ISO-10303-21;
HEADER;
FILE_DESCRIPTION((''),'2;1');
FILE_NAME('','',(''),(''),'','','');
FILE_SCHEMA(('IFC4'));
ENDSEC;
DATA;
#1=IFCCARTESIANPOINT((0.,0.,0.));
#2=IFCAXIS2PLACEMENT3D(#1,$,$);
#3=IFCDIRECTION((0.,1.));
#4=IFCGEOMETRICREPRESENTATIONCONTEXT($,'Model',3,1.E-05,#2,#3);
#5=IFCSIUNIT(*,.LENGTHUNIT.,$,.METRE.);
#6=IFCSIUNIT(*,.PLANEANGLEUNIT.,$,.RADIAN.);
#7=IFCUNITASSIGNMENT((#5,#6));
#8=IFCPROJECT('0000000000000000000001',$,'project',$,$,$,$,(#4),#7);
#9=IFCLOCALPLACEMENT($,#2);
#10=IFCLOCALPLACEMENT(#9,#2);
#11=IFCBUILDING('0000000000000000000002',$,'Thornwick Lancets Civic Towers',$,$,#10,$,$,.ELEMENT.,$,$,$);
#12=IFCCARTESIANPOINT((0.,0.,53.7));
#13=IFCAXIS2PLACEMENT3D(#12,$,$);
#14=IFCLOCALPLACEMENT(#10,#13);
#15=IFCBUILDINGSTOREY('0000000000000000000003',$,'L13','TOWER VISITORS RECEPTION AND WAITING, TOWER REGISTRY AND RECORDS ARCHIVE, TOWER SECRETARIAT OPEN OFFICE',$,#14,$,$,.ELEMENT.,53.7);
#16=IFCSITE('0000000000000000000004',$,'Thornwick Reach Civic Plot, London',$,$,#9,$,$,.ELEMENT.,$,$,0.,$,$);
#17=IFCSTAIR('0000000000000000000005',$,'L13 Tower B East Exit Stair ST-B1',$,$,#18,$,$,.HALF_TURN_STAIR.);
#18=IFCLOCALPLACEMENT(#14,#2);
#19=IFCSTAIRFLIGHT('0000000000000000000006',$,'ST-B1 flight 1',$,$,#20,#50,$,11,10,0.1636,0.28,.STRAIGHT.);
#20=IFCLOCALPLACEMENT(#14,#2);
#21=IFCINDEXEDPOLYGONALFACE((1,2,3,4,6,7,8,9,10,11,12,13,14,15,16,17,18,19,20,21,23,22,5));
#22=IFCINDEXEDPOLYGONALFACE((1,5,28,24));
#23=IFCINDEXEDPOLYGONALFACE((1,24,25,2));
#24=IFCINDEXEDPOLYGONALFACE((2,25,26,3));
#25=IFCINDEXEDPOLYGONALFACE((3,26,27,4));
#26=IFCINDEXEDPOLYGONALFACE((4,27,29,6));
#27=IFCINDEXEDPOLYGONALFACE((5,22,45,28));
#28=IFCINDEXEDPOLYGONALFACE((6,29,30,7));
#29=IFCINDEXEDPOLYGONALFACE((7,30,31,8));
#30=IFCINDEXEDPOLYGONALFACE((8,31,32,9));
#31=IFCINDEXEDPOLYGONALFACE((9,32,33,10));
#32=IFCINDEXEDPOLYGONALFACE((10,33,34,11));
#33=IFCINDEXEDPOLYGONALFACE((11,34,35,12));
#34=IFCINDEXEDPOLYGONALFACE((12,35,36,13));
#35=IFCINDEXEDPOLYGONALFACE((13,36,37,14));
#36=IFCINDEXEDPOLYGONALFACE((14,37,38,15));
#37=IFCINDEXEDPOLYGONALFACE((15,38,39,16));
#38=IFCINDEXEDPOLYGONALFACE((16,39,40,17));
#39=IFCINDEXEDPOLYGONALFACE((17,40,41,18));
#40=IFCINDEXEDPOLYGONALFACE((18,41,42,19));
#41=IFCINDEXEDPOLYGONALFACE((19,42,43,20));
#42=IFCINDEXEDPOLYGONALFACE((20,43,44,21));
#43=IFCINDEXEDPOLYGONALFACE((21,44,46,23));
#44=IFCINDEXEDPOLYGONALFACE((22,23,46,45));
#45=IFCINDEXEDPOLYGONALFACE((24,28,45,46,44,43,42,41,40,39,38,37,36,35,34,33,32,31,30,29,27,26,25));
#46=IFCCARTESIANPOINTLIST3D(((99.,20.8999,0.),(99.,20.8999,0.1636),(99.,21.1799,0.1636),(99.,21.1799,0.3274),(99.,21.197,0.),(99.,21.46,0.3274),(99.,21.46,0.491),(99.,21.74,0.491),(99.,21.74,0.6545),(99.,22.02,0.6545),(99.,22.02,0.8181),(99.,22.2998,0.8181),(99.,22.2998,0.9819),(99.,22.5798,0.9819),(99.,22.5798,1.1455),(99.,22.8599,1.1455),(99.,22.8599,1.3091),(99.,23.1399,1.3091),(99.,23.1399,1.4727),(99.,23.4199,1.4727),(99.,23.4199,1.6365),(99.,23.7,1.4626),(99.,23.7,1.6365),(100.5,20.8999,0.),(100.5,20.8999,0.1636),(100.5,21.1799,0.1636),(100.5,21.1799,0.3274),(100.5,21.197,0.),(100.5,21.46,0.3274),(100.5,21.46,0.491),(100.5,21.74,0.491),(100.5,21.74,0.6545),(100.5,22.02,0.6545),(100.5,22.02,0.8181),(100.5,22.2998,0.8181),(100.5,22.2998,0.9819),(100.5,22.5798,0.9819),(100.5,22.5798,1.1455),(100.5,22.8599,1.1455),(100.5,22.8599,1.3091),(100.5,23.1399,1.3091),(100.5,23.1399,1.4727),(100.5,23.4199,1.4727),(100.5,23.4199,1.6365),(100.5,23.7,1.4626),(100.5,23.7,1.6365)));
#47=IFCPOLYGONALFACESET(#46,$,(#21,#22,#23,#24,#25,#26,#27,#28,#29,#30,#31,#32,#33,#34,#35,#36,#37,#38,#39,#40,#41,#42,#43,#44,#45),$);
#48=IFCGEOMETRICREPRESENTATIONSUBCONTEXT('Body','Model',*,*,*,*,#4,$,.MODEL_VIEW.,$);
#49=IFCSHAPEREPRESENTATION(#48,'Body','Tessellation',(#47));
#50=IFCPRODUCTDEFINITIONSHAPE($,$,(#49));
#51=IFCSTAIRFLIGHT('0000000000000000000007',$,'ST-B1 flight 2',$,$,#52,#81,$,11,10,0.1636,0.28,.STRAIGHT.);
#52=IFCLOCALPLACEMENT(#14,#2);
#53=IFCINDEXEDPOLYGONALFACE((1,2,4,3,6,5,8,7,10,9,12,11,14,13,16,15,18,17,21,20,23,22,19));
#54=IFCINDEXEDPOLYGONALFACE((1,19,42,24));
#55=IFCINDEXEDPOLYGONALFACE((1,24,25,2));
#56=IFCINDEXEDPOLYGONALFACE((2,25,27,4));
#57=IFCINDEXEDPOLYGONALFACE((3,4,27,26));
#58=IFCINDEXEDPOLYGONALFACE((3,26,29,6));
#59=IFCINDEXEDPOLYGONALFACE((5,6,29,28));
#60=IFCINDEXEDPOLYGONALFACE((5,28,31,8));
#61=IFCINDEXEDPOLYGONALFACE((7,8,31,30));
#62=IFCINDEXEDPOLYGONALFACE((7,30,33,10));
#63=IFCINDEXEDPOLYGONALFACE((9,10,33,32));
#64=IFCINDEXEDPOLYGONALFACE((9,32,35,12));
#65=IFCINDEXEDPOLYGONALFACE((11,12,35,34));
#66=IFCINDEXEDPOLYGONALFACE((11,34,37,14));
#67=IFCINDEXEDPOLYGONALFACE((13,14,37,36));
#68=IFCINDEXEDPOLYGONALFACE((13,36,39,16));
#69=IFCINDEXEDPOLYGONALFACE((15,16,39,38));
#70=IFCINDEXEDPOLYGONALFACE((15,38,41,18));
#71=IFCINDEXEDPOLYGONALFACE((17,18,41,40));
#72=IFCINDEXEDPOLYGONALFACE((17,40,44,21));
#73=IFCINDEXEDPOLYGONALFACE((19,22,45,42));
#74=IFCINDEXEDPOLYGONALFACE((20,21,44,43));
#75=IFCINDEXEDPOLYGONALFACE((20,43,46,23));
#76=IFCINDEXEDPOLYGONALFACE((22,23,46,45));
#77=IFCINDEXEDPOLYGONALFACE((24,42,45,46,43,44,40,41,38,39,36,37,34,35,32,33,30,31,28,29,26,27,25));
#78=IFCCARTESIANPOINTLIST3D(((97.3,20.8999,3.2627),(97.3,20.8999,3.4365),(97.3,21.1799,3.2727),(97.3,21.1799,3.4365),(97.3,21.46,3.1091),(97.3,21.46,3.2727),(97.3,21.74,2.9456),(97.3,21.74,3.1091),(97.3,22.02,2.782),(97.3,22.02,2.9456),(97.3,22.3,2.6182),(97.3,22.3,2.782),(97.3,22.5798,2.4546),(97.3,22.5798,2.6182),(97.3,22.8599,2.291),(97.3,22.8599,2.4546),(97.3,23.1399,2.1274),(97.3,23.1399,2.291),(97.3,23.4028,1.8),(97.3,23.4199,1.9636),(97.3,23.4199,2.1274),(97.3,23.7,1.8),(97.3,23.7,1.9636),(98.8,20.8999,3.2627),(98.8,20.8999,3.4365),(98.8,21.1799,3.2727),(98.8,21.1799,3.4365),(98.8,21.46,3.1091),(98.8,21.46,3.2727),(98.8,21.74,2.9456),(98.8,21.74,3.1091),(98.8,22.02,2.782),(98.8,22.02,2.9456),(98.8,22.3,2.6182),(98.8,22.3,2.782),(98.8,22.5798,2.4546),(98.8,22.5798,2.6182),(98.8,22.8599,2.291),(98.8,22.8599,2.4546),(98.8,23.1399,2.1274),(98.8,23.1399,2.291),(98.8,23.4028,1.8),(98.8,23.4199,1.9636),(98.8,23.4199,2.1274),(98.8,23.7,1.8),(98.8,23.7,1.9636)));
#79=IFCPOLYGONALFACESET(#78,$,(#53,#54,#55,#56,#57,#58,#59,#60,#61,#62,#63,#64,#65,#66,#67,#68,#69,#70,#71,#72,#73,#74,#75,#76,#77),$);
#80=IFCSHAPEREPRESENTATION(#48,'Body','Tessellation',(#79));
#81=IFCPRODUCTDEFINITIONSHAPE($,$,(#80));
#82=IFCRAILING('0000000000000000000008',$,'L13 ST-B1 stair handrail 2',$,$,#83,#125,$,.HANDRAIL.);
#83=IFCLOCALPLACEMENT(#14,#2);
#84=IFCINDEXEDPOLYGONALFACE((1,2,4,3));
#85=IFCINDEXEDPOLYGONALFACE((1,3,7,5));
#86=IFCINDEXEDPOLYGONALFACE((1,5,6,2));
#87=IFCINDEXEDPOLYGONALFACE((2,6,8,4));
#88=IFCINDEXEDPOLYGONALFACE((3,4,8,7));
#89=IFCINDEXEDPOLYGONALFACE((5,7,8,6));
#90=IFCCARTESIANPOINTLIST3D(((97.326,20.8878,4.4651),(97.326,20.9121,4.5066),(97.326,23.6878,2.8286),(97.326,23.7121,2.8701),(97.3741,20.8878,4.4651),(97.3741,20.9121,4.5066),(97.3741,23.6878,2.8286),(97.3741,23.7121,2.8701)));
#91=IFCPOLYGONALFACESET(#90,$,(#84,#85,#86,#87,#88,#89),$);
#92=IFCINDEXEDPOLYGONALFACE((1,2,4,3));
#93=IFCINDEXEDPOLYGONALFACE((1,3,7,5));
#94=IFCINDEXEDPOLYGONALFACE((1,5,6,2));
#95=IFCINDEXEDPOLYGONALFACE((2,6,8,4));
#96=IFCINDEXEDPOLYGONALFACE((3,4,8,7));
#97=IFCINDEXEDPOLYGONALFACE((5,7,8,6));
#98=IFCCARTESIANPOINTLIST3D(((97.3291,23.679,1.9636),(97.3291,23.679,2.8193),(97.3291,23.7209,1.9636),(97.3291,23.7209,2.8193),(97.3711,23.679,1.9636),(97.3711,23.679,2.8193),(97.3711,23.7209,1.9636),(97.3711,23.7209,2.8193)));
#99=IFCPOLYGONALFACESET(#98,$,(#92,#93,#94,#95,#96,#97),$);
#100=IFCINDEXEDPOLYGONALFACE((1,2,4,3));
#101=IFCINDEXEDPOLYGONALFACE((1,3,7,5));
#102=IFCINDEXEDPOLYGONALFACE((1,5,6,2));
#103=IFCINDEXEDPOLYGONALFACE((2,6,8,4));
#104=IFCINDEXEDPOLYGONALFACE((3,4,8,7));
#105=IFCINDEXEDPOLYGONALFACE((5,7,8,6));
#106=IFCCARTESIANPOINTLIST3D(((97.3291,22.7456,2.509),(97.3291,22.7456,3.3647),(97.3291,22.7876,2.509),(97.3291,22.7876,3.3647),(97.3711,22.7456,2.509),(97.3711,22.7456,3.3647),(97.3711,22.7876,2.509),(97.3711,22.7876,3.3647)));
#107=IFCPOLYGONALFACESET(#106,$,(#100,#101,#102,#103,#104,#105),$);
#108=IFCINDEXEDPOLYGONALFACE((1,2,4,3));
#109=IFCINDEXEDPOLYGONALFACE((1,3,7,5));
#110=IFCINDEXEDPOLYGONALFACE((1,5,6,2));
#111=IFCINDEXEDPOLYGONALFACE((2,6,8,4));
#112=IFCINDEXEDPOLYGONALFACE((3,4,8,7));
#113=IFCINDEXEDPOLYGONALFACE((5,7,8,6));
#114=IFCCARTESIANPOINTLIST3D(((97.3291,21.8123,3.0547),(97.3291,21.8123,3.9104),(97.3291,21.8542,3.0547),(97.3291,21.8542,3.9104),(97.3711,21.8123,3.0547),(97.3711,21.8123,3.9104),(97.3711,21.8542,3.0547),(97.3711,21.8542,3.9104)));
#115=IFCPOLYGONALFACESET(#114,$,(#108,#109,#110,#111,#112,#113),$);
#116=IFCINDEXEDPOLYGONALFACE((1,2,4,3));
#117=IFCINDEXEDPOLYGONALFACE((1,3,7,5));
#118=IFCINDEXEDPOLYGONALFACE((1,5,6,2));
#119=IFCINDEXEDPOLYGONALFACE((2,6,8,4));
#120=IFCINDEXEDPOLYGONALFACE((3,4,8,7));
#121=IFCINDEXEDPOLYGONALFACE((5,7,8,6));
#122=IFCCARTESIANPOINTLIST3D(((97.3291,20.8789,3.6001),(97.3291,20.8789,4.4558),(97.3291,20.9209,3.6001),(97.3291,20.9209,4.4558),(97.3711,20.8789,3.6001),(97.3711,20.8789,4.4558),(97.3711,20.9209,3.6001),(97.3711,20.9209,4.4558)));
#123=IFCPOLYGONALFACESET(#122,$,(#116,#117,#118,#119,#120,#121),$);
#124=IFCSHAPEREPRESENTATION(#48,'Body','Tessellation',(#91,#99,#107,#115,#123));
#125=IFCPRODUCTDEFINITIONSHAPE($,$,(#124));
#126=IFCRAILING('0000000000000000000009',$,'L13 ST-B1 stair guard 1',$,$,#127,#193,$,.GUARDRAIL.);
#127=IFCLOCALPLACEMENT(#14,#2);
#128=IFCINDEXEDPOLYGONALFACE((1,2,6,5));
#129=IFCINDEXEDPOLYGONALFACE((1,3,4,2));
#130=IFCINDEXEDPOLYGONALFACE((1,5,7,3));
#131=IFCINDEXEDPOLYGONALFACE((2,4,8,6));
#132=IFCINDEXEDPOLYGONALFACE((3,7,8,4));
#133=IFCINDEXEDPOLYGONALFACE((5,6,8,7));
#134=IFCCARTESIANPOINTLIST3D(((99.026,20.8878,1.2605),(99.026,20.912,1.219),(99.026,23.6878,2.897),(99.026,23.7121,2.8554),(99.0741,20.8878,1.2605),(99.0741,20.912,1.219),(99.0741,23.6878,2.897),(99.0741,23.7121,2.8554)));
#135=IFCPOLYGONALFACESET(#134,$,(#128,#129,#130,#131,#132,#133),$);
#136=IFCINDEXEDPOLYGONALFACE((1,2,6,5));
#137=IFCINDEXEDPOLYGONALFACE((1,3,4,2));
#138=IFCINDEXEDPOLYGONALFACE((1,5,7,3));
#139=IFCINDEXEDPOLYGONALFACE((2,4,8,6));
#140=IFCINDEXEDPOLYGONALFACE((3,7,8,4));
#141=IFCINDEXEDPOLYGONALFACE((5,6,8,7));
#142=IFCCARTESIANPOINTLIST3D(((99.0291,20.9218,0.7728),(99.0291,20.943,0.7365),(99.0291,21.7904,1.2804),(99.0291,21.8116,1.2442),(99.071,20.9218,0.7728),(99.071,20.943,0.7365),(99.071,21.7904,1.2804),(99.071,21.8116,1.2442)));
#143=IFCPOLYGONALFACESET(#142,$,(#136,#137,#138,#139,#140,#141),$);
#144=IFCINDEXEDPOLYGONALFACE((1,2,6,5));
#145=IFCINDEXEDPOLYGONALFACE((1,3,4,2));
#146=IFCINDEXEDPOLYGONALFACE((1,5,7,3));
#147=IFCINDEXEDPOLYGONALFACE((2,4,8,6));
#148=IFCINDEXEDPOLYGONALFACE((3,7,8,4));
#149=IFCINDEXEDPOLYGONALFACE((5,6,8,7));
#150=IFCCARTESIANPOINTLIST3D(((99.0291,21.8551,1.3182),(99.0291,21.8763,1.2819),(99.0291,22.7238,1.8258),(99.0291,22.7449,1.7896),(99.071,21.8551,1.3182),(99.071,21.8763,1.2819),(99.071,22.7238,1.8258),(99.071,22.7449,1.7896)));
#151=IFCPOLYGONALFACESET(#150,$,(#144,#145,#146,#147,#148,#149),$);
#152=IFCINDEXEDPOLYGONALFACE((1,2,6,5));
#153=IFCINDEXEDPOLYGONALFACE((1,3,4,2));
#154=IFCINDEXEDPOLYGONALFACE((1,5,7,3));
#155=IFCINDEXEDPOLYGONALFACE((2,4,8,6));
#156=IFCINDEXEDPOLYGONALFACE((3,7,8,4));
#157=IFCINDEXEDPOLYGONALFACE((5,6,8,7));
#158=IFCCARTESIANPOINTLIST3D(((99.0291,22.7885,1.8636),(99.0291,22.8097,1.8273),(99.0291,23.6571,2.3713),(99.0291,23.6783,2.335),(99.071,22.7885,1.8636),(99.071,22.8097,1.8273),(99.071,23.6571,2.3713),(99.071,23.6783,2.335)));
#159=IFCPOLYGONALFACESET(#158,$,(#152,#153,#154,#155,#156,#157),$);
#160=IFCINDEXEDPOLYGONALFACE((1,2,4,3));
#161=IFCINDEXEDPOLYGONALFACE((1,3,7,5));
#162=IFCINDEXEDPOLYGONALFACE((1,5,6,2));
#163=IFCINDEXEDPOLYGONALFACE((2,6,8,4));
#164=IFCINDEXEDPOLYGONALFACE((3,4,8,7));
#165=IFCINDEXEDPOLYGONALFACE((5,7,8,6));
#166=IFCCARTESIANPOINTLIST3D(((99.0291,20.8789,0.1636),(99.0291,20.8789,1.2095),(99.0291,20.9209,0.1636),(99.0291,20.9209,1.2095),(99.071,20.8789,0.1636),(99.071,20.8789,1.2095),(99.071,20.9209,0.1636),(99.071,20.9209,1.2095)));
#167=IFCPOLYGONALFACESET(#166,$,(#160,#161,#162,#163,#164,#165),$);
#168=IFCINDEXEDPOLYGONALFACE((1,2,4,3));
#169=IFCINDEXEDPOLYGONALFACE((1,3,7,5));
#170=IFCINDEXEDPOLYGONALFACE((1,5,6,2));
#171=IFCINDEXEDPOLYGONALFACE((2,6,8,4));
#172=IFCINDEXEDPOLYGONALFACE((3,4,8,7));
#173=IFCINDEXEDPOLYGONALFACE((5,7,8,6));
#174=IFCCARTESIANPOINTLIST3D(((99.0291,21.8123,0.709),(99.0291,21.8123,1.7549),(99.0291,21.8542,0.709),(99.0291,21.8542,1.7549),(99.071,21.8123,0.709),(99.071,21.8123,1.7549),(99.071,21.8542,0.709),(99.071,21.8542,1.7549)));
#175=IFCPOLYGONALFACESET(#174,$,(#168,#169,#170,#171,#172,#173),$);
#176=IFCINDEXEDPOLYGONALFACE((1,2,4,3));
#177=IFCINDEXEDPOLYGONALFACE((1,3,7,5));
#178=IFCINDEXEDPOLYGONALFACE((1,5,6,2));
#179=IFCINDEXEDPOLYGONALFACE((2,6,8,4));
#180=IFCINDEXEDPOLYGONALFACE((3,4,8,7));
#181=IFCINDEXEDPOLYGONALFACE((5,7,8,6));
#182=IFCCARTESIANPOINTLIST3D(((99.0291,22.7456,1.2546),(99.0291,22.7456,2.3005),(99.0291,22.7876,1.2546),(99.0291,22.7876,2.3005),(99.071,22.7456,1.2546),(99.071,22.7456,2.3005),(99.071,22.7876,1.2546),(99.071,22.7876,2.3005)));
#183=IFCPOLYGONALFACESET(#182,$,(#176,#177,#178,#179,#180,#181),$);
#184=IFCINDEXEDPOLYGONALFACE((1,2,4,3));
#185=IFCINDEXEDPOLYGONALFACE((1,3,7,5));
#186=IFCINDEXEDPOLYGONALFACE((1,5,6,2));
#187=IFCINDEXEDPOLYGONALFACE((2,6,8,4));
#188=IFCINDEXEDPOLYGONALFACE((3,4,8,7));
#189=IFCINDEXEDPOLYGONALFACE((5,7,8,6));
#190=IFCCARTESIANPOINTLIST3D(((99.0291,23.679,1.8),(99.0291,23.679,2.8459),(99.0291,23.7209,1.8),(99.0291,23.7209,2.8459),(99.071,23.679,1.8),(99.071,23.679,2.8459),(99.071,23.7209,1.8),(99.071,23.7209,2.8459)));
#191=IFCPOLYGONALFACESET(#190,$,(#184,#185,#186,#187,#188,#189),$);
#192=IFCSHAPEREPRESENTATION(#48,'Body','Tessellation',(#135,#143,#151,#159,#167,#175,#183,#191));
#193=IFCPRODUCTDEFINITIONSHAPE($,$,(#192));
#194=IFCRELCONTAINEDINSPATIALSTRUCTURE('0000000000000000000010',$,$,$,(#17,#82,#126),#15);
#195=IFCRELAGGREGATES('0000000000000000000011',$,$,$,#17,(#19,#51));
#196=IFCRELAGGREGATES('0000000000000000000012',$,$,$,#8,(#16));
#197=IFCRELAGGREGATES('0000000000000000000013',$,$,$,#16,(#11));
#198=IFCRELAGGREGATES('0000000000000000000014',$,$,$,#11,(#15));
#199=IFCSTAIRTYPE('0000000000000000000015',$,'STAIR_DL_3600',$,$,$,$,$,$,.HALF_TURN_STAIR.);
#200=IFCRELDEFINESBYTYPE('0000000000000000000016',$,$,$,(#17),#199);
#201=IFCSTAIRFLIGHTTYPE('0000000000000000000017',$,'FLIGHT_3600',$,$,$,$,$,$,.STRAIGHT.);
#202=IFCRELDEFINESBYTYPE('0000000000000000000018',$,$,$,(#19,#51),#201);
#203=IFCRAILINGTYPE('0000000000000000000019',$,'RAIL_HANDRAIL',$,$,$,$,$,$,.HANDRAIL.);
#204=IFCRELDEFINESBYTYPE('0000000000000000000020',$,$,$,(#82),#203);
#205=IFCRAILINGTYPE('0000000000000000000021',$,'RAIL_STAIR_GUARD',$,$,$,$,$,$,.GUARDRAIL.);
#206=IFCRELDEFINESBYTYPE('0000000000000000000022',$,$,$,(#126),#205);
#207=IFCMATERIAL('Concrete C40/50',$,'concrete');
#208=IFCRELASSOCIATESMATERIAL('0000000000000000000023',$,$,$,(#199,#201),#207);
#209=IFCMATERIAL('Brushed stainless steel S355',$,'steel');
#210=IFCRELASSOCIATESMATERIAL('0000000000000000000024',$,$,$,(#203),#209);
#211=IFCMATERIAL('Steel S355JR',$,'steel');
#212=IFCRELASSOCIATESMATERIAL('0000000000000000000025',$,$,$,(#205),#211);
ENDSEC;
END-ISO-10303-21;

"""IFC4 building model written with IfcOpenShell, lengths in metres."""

from ifc_helpers import new_model, si_unit, direction, frame, origin, origin_2d, place, context, subcontext, project, spatial, polyline, rectangle, outline, extrude, material, type_object, element, aggregate, save


model = new_model("IFC4")

# Units and contexts
model_context = context("Model", 3, precision=1e-05, world=origin(), true_north=direction((0.0, 1.0)))
body_context = subcontext(model_context, "Body", "Model", "MODEL_VIEW")
ifc_project = project(units=[si_unit("LENGTHUNIT", "METRE"), si_unit("PLANEANGLEUNIT", "RADIAN")], contexts=[model_context])

# Site, building, storey
site_placement = place(None, origin())
site = spatial("IfcSite", under=ifc_project, at=site_placement, Name="Thornwick Reach Civic Plot, London", CompositionType="ELEMENT", RefElevation=0.0)
building_placement = place(site_placement, origin())
building = spatial("IfcBuilding", under=site, at=building_placement, Name="Thornwick Lancets Civic Towers", CompositionType="ELEMENT")
storey_placement = place(building_placement, frame((0.0, 0.0, 53.7)))
storey = spatial("IfcBuildingStorey", under=building, at=storey_placement, Name="L13", Description="TOWER VISITORS RECEPTION AND WAITING, TOWER REGISTRY AND RECORDS ARCHIVE, TOWER SECRETARIAT OPEN OFFICE", CompositionType="ELEMENT", Elevation=53.7)

# Shared definitions
ifc_material_1 = material(Name="Concrete C40/50", Category="concrete")

# Stair, stair flights
stair_type = type_object("IfcStairType", Name="STAIR_DL_3600", PredefinedType="HALF_TURN_STAIR", material=ifc_material_1)
stair_placement = place(storey_placement, origin())
stair = element("IfcStair", 1, at=stair_placement, inside=storey, type_object=stair_type, Name="L13 Tower B East Exit Stair ST-B1", PredefinedType="HALF_TURN_STAIR")
stair_flight_type = type_object("IfcStairFlightType", Name="FLIGHT_3600", PredefinedType="STRAIGHT", material=ifc_material_1)
stair_flight_1_placement = place(storey_placement, frame((99.75, 20.8999, 0.0), z_axis=(0.0, 0.0, 1.0), x_axis=(0.0, 1.0, 0.0)))
stair_flight_1 = element("IfcStairFlight", 2, at=stair_flight_1_placement, type_object=stair_flight_type, Name="ST-B1 flight 1", NumberOfRisers=11, NumberOfTreads=10, PredefinedType="STRAIGHT", RiserHeight=0.1636, TreadLength=0.28, context=body_context, shape_type="SweptSolid", body=[
    extrude(outline(polyline([(0.0, 0.0), (0.0, 0.1636), (0.28, 0.1636), (0.28, 0.3274), (0.5601, 0.3274), (0.5601, 0.491), (0.8401, 0.491), (0.8401, 0.6545), (1.1201, 0.6545), (1.1201, 0.8181), (1.3999, 0.8181), (1.3999, 0.9819), (1.6799, 0.9819), (1.6799, 1.1455), (1.96, 1.1455), (1.96, 1.3091), (2.24, 1.3091), (2.24, 1.4727), (2.52, 1.4727), (2.52, 1.6365), (2.8, 1.6365), (2.8, 1.8), (2.8, 1.4626), (0.2971, 0.0), (0.0, 0.0)])), frame((0.0, 0.75, 0.0), z_axis=(0.0, -1.0, 0.0), x_axis=(1.0, 0.0, 0.0)), (0.0, 0.0, 1.0), 1.5),
])
stair_flight_2_placement = place(storey_placement, frame((98.05, 23.7, 1.8), z_axis=(0.0, 0.0, 1.0), x_axis=(0.0, -1.0, 0.0)))
stair_flight_2 = element("IfcStairFlight", 3, at=stair_flight_2_placement, type_object=stair_flight_type, Name="ST-B1 flight 2", NumberOfRisers=11, NumberOfTreads=10, PredefinedType="STRAIGHT", RiserHeight=0.1636, TreadLength=0.28, context=body_context, shape_type="SweptSolid", body=[
    extrude(outline(polyline([(0.0, 0.0), (0.0, 0.1636), (0.28, 0.1636), (0.28, 0.3274), (0.5601, 0.3274), (0.5601, 0.491), (0.8401, 0.491), (0.8401, 0.6545), (1.1201, 0.6545), (1.1201, 0.8181), (1.3999, 0.8181), (1.3999, 0.9819), (1.6799, 0.9819), (1.6799, 1.1455), (1.96, 1.1455), (1.96, 1.3091), (2.24, 1.3091), (2.24, 1.4727), (2.52, 1.4727), (2.52, 1.6365), (2.8, 1.6365), (2.8, 1.8), (2.8, 1.4626), (0.2971, 0.0), (0.0, 0.0)])), frame((0.0, 0.75, 0.0), z_axis=(0.0, -1.0, 0.0), x_axis=(1.0, 0.0, 0.0)), (0.0, 0.0, 1.0), 1.5),
])
aggregate(stair, [stair_flight_1, stair_flight_2])

# Railings
ifc_material_2 = material(Name="Brushed stainless steel S355", Category="steel")
railing_type_1 = type_object("IfcRailingType", Name="RAIL_HANDRAIL", PredefinedType="HANDRAIL", material=ifc_material_2)
railing_1_placement = place(storey_placement, frame((97.3501, 23.7, 1.9636)))
element("IfcRailing", 4, at=railing_1_placement, inside=storey, type_object=railing_type_1, Name="L13 ST-B1 stair handrail 2", PredefinedType="HANDRAIL", context=body_context, shape_type="SweptSolid", body=[
    extrude(rectangle(XDim=0.0481, YDim=0.0481, at=origin_2d()), frame((0.0, 0.0, 0.8857), z_axis=(0.0, -0.863361, 0.504587), x_axis=(1.0, 0.0, 0.0)), (0.0, 0.0, 1.0), 3.2432),
    extrude(rectangle(XDim=0.042, YDim=0.042, at=origin_2d()), origin(), (0.0, 0.0, 1.0), 0.8557),
    extrude(rectangle(XDim=0.042, YDim=0.042, at=origin_2d()), frame((0.0, -0.9333, 0.5454)), (0.0, 0.0, 1.0), 0.8557),
    extrude(rectangle(XDim=0.042, YDim=0.042, at=origin_2d()), frame((0.0, -1.8667, 1.0911)), (0.0, 0.0, 1.0), 0.8557),
    extrude(rectangle(XDim=0.042, YDim=0.042, at=origin_2d()), frame((0.0, -2.8, 1.6365)), (0.0, 0.0, 1.0), 0.8557),
])
ifc_material_3 = material(Name="Steel S355JR", Category="steel")
railing_type_2 = type_object("IfcRailingType", Name="RAIL_STAIR_GUARD", PredefinedType="GUARDRAIL", material=ifc_material_3)
railing_2_placement = place(storey_placement, frame((99.05, 20.8999, 0.1636)))
element("IfcRailing", 5, at=railing_2_placement, inside=storey, type_object=railing_type_2, Name="L13 ST-B1 stair guard 1", PredefinedType="GUARDRAIL", context=body_context, shape_type="SweptSolid", body=[
    extrude(rectangle(XDim=0.0481, YDim=0.0481, at=origin_2d()), frame((0.0, 0.0, 1.0762), z_axis=(0.0, 0.863361, 0.504587), x_axis=(-1.0, 0.0, 0.0)), (0.0, 0.0, 1.0), 3.2432),
    extrude(rectangle(XDim=0.042, YDim=0.042, at=origin_2d()), frame((0.0, 0.0325, 0.5911), z_axis=(0.0, 0.863361, 0.504587), x_axis=(-1.0, 0.0, 0.0)), (0.0, 0.0, 1.0), 1.0061),
    extrude(rectangle(XDim=0.042, YDim=0.042, at=origin_2d()), frame((0.0, 0.9658, 1.1365), z_axis=(0.0, 0.863361, 0.504587), x_axis=(-1.0, 0.0, 0.0)), (0.0, 0.0, 1.0), 1.0061),
    extrude(rectangle(XDim=0.042, YDim=0.042, at=origin_2d()), frame((0.0, 1.8992, 1.6819), z_axis=(0.0, 0.863361, 0.504587), x_axis=(-1.0, 0.0, 0.0)), (0.0, 0.0, 1.0), 1.0061),
    extrude(rectangle(XDim=0.042, YDim=0.042, at=origin_2d()), origin(), (0.0, 0.0, 1.0), 1.0459),
    extrude(rectangle(XDim=0.042, YDim=0.042, at=origin_2d()), frame((0.0, 0.9333, 0.5454)), (0.0, 0.0, 1.0), 1.0459),
    extrude(rectangle(XDim=0.042, YDim=0.042, at=origin_2d()), frame((0.0, 1.8667, 1.0911)), (0.0, 0.0, 1.0), 1.0459),
    extrude(rectangle(XDim=0.042, YDim=0.042, at=origin_2d()), frame((0.0, 2.8, 1.6365)), (0.0, 0.0, 1.0), 1.0459),
])

save(model, "model.ifc")
